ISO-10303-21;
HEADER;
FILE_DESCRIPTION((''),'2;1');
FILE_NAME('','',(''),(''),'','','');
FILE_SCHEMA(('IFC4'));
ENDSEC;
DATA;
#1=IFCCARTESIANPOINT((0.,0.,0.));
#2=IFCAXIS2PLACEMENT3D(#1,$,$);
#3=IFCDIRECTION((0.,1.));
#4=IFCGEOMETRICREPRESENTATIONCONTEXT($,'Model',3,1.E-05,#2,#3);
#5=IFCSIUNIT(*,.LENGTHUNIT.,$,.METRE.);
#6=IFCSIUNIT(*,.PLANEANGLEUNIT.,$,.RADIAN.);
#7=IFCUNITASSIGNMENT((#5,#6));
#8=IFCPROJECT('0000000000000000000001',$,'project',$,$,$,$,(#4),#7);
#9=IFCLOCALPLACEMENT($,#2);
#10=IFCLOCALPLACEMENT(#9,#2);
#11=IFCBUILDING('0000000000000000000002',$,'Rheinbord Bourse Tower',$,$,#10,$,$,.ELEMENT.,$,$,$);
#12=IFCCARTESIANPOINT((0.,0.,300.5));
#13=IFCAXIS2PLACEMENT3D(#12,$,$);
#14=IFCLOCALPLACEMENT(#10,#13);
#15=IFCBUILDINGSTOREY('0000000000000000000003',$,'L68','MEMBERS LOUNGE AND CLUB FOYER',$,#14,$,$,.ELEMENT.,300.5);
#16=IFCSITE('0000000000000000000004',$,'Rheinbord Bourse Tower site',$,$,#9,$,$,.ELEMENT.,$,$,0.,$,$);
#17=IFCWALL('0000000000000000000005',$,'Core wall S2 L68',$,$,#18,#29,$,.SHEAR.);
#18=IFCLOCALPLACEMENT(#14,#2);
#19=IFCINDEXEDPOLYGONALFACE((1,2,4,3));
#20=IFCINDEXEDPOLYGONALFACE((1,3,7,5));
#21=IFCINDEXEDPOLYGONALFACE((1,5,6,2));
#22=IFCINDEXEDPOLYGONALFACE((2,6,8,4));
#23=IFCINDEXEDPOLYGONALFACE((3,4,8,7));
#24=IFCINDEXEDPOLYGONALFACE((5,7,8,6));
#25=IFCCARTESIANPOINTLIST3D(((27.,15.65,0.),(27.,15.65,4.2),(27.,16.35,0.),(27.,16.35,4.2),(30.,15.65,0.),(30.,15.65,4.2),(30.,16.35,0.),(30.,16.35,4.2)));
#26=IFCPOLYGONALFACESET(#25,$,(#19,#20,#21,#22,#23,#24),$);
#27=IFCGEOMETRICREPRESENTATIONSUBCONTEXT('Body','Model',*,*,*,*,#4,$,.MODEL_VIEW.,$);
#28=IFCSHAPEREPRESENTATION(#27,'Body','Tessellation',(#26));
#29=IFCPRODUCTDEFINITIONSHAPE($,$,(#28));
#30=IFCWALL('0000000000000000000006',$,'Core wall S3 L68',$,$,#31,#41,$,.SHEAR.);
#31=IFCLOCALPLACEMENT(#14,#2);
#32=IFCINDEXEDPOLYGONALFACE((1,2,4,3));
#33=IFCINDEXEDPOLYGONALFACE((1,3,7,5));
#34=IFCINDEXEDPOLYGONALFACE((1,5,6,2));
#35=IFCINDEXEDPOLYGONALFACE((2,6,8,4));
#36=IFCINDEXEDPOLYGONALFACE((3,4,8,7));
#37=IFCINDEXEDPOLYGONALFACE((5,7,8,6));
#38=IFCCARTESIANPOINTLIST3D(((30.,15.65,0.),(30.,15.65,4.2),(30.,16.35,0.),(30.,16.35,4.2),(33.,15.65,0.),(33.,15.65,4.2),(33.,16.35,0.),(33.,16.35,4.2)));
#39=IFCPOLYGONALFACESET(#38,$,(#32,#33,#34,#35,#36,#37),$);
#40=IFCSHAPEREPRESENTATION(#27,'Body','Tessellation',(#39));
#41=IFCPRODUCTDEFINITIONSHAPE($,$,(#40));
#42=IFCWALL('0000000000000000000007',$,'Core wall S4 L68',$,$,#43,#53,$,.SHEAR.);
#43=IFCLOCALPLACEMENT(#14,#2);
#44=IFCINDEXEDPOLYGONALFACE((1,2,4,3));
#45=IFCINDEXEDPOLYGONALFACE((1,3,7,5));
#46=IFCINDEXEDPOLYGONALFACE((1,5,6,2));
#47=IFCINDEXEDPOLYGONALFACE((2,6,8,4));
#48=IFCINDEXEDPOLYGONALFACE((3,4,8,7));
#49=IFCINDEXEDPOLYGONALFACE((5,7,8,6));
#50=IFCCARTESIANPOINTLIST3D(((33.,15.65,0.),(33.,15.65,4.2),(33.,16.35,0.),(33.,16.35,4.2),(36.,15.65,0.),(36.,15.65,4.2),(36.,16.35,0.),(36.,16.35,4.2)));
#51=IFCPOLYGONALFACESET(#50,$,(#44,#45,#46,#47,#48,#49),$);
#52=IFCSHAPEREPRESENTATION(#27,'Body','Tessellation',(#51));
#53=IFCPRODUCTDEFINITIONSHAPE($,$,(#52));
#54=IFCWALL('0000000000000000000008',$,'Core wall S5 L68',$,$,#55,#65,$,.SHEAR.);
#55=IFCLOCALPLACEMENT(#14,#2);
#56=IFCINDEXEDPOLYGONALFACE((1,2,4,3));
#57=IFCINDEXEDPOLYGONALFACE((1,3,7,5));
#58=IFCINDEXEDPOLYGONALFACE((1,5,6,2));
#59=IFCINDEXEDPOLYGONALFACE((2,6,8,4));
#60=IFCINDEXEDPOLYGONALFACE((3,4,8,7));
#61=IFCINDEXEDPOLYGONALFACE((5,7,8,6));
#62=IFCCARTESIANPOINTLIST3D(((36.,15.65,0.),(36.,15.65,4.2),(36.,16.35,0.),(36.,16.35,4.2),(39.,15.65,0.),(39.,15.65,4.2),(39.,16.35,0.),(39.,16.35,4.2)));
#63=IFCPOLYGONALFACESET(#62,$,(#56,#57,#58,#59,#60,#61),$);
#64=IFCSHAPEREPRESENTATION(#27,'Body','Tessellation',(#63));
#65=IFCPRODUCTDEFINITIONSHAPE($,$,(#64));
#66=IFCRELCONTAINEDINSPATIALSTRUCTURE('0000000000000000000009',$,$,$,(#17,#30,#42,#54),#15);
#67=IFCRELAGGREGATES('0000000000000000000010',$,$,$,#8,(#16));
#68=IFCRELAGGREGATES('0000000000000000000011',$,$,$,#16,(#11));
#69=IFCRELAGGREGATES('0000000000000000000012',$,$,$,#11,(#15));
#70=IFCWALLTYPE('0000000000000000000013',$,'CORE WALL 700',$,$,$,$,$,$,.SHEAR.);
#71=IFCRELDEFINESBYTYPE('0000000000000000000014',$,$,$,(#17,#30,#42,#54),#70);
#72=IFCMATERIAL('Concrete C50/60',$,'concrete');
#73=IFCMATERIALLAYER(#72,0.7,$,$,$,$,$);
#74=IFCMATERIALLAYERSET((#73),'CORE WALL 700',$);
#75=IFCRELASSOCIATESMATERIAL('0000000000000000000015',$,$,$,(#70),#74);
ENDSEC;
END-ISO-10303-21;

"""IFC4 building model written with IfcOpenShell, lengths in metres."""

from ifc_helpers import new_model, si_unit, direction, frame, frame_2d, origin, place, context, subcontext, project, spatial, rectangle, extrude, material, layer, layer_set, type_object, element, save


model = new_model("IFC4")

# Units and contexts
model_context = context("Model", 3, precision=1e-05, world=origin(), true_north=direction((0.0, 1.0)))
body_context = subcontext(model_context, "Body", "Model", "MODEL_VIEW")
ifc_project = project(units=[si_unit("LENGTHUNIT", "METRE"), si_unit("PLANEANGLEUNIT", "RADIAN")], contexts=[model_context])

# Site, building, storey
site_placement = place(None, origin())
site = spatial("IfcSite", under=ifc_project, at=site_placement, Name="Rheinbord Bourse Tower site", CompositionType="ELEMENT", RefElevation=0.0)
building_placement = place(site_placement, origin())
building = spatial("IfcBuilding", under=site, at=building_placement, Name="Rheinbord Bourse Tower", CompositionType="ELEMENT")
storey_placement = place(building_placement, frame((0.0, 0.0, 300.5)))
storey = spatial("IfcBuildingStorey", under=building, at=storey_placement, Name="L68", Description="MEMBERS LOUNGE AND CLUB FOYER", CompositionType="ELEMENT", Elevation=300.5)

# Walls
ifc_material_1 = material(Name="Concrete C50/60", Category="concrete")
ifc_layer_1 = layer(ifc_material_1, 0.7)
ifc_layer_set_1 = layer_set([ifc_layer_1], Name="CORE WALL 700")
wall_type_1 = type_object("IfcWallType", Name="CORE WALL 700", PredefinedType="SHEAR", material=ifc_layer_set_1)
for number, where, z_axis, x_axis, name in (
    (1, (27.0, 16.0, 0.0), (0.0, 0.0, 1.0), (1.0, 0.0, 0.0), "Core wall S2 L68"),
    (2, (30.0, 16.0, 0.0), (0.0, 0.0, 1.0), (1.0, 0.0, 0.0), "Core wall S3 L68"),
    (3, (33.0, 16.0, 0.0), (0.0, 0.0, 1.0), (1.0, 0.0, 0.0), "Core wall S4 L68"),
    (4, (36.0, 16.0, 0.0), (0.0, 0.0, 1.0), (1.0, 0.0, 0.0), "Core wall S5 L68"),
):
    element("IfcWall", number, at=place(storey_placement, frame(where, z_axis=z_axis, x_axis=x_axis)), inside=storey, type_object=wall_type_1, Name=name, PredefinedType="SHEAR", context=body_context, shape_type="SweptSolid", body=[
        extrude(rectangle(XDim=3.0, YDim=0.7, at=frame_2d((1.5, 0.0))), origin(), (0.0, 0.0, 1.0), 4.2),
    ])

save(model, "model.ifc")
